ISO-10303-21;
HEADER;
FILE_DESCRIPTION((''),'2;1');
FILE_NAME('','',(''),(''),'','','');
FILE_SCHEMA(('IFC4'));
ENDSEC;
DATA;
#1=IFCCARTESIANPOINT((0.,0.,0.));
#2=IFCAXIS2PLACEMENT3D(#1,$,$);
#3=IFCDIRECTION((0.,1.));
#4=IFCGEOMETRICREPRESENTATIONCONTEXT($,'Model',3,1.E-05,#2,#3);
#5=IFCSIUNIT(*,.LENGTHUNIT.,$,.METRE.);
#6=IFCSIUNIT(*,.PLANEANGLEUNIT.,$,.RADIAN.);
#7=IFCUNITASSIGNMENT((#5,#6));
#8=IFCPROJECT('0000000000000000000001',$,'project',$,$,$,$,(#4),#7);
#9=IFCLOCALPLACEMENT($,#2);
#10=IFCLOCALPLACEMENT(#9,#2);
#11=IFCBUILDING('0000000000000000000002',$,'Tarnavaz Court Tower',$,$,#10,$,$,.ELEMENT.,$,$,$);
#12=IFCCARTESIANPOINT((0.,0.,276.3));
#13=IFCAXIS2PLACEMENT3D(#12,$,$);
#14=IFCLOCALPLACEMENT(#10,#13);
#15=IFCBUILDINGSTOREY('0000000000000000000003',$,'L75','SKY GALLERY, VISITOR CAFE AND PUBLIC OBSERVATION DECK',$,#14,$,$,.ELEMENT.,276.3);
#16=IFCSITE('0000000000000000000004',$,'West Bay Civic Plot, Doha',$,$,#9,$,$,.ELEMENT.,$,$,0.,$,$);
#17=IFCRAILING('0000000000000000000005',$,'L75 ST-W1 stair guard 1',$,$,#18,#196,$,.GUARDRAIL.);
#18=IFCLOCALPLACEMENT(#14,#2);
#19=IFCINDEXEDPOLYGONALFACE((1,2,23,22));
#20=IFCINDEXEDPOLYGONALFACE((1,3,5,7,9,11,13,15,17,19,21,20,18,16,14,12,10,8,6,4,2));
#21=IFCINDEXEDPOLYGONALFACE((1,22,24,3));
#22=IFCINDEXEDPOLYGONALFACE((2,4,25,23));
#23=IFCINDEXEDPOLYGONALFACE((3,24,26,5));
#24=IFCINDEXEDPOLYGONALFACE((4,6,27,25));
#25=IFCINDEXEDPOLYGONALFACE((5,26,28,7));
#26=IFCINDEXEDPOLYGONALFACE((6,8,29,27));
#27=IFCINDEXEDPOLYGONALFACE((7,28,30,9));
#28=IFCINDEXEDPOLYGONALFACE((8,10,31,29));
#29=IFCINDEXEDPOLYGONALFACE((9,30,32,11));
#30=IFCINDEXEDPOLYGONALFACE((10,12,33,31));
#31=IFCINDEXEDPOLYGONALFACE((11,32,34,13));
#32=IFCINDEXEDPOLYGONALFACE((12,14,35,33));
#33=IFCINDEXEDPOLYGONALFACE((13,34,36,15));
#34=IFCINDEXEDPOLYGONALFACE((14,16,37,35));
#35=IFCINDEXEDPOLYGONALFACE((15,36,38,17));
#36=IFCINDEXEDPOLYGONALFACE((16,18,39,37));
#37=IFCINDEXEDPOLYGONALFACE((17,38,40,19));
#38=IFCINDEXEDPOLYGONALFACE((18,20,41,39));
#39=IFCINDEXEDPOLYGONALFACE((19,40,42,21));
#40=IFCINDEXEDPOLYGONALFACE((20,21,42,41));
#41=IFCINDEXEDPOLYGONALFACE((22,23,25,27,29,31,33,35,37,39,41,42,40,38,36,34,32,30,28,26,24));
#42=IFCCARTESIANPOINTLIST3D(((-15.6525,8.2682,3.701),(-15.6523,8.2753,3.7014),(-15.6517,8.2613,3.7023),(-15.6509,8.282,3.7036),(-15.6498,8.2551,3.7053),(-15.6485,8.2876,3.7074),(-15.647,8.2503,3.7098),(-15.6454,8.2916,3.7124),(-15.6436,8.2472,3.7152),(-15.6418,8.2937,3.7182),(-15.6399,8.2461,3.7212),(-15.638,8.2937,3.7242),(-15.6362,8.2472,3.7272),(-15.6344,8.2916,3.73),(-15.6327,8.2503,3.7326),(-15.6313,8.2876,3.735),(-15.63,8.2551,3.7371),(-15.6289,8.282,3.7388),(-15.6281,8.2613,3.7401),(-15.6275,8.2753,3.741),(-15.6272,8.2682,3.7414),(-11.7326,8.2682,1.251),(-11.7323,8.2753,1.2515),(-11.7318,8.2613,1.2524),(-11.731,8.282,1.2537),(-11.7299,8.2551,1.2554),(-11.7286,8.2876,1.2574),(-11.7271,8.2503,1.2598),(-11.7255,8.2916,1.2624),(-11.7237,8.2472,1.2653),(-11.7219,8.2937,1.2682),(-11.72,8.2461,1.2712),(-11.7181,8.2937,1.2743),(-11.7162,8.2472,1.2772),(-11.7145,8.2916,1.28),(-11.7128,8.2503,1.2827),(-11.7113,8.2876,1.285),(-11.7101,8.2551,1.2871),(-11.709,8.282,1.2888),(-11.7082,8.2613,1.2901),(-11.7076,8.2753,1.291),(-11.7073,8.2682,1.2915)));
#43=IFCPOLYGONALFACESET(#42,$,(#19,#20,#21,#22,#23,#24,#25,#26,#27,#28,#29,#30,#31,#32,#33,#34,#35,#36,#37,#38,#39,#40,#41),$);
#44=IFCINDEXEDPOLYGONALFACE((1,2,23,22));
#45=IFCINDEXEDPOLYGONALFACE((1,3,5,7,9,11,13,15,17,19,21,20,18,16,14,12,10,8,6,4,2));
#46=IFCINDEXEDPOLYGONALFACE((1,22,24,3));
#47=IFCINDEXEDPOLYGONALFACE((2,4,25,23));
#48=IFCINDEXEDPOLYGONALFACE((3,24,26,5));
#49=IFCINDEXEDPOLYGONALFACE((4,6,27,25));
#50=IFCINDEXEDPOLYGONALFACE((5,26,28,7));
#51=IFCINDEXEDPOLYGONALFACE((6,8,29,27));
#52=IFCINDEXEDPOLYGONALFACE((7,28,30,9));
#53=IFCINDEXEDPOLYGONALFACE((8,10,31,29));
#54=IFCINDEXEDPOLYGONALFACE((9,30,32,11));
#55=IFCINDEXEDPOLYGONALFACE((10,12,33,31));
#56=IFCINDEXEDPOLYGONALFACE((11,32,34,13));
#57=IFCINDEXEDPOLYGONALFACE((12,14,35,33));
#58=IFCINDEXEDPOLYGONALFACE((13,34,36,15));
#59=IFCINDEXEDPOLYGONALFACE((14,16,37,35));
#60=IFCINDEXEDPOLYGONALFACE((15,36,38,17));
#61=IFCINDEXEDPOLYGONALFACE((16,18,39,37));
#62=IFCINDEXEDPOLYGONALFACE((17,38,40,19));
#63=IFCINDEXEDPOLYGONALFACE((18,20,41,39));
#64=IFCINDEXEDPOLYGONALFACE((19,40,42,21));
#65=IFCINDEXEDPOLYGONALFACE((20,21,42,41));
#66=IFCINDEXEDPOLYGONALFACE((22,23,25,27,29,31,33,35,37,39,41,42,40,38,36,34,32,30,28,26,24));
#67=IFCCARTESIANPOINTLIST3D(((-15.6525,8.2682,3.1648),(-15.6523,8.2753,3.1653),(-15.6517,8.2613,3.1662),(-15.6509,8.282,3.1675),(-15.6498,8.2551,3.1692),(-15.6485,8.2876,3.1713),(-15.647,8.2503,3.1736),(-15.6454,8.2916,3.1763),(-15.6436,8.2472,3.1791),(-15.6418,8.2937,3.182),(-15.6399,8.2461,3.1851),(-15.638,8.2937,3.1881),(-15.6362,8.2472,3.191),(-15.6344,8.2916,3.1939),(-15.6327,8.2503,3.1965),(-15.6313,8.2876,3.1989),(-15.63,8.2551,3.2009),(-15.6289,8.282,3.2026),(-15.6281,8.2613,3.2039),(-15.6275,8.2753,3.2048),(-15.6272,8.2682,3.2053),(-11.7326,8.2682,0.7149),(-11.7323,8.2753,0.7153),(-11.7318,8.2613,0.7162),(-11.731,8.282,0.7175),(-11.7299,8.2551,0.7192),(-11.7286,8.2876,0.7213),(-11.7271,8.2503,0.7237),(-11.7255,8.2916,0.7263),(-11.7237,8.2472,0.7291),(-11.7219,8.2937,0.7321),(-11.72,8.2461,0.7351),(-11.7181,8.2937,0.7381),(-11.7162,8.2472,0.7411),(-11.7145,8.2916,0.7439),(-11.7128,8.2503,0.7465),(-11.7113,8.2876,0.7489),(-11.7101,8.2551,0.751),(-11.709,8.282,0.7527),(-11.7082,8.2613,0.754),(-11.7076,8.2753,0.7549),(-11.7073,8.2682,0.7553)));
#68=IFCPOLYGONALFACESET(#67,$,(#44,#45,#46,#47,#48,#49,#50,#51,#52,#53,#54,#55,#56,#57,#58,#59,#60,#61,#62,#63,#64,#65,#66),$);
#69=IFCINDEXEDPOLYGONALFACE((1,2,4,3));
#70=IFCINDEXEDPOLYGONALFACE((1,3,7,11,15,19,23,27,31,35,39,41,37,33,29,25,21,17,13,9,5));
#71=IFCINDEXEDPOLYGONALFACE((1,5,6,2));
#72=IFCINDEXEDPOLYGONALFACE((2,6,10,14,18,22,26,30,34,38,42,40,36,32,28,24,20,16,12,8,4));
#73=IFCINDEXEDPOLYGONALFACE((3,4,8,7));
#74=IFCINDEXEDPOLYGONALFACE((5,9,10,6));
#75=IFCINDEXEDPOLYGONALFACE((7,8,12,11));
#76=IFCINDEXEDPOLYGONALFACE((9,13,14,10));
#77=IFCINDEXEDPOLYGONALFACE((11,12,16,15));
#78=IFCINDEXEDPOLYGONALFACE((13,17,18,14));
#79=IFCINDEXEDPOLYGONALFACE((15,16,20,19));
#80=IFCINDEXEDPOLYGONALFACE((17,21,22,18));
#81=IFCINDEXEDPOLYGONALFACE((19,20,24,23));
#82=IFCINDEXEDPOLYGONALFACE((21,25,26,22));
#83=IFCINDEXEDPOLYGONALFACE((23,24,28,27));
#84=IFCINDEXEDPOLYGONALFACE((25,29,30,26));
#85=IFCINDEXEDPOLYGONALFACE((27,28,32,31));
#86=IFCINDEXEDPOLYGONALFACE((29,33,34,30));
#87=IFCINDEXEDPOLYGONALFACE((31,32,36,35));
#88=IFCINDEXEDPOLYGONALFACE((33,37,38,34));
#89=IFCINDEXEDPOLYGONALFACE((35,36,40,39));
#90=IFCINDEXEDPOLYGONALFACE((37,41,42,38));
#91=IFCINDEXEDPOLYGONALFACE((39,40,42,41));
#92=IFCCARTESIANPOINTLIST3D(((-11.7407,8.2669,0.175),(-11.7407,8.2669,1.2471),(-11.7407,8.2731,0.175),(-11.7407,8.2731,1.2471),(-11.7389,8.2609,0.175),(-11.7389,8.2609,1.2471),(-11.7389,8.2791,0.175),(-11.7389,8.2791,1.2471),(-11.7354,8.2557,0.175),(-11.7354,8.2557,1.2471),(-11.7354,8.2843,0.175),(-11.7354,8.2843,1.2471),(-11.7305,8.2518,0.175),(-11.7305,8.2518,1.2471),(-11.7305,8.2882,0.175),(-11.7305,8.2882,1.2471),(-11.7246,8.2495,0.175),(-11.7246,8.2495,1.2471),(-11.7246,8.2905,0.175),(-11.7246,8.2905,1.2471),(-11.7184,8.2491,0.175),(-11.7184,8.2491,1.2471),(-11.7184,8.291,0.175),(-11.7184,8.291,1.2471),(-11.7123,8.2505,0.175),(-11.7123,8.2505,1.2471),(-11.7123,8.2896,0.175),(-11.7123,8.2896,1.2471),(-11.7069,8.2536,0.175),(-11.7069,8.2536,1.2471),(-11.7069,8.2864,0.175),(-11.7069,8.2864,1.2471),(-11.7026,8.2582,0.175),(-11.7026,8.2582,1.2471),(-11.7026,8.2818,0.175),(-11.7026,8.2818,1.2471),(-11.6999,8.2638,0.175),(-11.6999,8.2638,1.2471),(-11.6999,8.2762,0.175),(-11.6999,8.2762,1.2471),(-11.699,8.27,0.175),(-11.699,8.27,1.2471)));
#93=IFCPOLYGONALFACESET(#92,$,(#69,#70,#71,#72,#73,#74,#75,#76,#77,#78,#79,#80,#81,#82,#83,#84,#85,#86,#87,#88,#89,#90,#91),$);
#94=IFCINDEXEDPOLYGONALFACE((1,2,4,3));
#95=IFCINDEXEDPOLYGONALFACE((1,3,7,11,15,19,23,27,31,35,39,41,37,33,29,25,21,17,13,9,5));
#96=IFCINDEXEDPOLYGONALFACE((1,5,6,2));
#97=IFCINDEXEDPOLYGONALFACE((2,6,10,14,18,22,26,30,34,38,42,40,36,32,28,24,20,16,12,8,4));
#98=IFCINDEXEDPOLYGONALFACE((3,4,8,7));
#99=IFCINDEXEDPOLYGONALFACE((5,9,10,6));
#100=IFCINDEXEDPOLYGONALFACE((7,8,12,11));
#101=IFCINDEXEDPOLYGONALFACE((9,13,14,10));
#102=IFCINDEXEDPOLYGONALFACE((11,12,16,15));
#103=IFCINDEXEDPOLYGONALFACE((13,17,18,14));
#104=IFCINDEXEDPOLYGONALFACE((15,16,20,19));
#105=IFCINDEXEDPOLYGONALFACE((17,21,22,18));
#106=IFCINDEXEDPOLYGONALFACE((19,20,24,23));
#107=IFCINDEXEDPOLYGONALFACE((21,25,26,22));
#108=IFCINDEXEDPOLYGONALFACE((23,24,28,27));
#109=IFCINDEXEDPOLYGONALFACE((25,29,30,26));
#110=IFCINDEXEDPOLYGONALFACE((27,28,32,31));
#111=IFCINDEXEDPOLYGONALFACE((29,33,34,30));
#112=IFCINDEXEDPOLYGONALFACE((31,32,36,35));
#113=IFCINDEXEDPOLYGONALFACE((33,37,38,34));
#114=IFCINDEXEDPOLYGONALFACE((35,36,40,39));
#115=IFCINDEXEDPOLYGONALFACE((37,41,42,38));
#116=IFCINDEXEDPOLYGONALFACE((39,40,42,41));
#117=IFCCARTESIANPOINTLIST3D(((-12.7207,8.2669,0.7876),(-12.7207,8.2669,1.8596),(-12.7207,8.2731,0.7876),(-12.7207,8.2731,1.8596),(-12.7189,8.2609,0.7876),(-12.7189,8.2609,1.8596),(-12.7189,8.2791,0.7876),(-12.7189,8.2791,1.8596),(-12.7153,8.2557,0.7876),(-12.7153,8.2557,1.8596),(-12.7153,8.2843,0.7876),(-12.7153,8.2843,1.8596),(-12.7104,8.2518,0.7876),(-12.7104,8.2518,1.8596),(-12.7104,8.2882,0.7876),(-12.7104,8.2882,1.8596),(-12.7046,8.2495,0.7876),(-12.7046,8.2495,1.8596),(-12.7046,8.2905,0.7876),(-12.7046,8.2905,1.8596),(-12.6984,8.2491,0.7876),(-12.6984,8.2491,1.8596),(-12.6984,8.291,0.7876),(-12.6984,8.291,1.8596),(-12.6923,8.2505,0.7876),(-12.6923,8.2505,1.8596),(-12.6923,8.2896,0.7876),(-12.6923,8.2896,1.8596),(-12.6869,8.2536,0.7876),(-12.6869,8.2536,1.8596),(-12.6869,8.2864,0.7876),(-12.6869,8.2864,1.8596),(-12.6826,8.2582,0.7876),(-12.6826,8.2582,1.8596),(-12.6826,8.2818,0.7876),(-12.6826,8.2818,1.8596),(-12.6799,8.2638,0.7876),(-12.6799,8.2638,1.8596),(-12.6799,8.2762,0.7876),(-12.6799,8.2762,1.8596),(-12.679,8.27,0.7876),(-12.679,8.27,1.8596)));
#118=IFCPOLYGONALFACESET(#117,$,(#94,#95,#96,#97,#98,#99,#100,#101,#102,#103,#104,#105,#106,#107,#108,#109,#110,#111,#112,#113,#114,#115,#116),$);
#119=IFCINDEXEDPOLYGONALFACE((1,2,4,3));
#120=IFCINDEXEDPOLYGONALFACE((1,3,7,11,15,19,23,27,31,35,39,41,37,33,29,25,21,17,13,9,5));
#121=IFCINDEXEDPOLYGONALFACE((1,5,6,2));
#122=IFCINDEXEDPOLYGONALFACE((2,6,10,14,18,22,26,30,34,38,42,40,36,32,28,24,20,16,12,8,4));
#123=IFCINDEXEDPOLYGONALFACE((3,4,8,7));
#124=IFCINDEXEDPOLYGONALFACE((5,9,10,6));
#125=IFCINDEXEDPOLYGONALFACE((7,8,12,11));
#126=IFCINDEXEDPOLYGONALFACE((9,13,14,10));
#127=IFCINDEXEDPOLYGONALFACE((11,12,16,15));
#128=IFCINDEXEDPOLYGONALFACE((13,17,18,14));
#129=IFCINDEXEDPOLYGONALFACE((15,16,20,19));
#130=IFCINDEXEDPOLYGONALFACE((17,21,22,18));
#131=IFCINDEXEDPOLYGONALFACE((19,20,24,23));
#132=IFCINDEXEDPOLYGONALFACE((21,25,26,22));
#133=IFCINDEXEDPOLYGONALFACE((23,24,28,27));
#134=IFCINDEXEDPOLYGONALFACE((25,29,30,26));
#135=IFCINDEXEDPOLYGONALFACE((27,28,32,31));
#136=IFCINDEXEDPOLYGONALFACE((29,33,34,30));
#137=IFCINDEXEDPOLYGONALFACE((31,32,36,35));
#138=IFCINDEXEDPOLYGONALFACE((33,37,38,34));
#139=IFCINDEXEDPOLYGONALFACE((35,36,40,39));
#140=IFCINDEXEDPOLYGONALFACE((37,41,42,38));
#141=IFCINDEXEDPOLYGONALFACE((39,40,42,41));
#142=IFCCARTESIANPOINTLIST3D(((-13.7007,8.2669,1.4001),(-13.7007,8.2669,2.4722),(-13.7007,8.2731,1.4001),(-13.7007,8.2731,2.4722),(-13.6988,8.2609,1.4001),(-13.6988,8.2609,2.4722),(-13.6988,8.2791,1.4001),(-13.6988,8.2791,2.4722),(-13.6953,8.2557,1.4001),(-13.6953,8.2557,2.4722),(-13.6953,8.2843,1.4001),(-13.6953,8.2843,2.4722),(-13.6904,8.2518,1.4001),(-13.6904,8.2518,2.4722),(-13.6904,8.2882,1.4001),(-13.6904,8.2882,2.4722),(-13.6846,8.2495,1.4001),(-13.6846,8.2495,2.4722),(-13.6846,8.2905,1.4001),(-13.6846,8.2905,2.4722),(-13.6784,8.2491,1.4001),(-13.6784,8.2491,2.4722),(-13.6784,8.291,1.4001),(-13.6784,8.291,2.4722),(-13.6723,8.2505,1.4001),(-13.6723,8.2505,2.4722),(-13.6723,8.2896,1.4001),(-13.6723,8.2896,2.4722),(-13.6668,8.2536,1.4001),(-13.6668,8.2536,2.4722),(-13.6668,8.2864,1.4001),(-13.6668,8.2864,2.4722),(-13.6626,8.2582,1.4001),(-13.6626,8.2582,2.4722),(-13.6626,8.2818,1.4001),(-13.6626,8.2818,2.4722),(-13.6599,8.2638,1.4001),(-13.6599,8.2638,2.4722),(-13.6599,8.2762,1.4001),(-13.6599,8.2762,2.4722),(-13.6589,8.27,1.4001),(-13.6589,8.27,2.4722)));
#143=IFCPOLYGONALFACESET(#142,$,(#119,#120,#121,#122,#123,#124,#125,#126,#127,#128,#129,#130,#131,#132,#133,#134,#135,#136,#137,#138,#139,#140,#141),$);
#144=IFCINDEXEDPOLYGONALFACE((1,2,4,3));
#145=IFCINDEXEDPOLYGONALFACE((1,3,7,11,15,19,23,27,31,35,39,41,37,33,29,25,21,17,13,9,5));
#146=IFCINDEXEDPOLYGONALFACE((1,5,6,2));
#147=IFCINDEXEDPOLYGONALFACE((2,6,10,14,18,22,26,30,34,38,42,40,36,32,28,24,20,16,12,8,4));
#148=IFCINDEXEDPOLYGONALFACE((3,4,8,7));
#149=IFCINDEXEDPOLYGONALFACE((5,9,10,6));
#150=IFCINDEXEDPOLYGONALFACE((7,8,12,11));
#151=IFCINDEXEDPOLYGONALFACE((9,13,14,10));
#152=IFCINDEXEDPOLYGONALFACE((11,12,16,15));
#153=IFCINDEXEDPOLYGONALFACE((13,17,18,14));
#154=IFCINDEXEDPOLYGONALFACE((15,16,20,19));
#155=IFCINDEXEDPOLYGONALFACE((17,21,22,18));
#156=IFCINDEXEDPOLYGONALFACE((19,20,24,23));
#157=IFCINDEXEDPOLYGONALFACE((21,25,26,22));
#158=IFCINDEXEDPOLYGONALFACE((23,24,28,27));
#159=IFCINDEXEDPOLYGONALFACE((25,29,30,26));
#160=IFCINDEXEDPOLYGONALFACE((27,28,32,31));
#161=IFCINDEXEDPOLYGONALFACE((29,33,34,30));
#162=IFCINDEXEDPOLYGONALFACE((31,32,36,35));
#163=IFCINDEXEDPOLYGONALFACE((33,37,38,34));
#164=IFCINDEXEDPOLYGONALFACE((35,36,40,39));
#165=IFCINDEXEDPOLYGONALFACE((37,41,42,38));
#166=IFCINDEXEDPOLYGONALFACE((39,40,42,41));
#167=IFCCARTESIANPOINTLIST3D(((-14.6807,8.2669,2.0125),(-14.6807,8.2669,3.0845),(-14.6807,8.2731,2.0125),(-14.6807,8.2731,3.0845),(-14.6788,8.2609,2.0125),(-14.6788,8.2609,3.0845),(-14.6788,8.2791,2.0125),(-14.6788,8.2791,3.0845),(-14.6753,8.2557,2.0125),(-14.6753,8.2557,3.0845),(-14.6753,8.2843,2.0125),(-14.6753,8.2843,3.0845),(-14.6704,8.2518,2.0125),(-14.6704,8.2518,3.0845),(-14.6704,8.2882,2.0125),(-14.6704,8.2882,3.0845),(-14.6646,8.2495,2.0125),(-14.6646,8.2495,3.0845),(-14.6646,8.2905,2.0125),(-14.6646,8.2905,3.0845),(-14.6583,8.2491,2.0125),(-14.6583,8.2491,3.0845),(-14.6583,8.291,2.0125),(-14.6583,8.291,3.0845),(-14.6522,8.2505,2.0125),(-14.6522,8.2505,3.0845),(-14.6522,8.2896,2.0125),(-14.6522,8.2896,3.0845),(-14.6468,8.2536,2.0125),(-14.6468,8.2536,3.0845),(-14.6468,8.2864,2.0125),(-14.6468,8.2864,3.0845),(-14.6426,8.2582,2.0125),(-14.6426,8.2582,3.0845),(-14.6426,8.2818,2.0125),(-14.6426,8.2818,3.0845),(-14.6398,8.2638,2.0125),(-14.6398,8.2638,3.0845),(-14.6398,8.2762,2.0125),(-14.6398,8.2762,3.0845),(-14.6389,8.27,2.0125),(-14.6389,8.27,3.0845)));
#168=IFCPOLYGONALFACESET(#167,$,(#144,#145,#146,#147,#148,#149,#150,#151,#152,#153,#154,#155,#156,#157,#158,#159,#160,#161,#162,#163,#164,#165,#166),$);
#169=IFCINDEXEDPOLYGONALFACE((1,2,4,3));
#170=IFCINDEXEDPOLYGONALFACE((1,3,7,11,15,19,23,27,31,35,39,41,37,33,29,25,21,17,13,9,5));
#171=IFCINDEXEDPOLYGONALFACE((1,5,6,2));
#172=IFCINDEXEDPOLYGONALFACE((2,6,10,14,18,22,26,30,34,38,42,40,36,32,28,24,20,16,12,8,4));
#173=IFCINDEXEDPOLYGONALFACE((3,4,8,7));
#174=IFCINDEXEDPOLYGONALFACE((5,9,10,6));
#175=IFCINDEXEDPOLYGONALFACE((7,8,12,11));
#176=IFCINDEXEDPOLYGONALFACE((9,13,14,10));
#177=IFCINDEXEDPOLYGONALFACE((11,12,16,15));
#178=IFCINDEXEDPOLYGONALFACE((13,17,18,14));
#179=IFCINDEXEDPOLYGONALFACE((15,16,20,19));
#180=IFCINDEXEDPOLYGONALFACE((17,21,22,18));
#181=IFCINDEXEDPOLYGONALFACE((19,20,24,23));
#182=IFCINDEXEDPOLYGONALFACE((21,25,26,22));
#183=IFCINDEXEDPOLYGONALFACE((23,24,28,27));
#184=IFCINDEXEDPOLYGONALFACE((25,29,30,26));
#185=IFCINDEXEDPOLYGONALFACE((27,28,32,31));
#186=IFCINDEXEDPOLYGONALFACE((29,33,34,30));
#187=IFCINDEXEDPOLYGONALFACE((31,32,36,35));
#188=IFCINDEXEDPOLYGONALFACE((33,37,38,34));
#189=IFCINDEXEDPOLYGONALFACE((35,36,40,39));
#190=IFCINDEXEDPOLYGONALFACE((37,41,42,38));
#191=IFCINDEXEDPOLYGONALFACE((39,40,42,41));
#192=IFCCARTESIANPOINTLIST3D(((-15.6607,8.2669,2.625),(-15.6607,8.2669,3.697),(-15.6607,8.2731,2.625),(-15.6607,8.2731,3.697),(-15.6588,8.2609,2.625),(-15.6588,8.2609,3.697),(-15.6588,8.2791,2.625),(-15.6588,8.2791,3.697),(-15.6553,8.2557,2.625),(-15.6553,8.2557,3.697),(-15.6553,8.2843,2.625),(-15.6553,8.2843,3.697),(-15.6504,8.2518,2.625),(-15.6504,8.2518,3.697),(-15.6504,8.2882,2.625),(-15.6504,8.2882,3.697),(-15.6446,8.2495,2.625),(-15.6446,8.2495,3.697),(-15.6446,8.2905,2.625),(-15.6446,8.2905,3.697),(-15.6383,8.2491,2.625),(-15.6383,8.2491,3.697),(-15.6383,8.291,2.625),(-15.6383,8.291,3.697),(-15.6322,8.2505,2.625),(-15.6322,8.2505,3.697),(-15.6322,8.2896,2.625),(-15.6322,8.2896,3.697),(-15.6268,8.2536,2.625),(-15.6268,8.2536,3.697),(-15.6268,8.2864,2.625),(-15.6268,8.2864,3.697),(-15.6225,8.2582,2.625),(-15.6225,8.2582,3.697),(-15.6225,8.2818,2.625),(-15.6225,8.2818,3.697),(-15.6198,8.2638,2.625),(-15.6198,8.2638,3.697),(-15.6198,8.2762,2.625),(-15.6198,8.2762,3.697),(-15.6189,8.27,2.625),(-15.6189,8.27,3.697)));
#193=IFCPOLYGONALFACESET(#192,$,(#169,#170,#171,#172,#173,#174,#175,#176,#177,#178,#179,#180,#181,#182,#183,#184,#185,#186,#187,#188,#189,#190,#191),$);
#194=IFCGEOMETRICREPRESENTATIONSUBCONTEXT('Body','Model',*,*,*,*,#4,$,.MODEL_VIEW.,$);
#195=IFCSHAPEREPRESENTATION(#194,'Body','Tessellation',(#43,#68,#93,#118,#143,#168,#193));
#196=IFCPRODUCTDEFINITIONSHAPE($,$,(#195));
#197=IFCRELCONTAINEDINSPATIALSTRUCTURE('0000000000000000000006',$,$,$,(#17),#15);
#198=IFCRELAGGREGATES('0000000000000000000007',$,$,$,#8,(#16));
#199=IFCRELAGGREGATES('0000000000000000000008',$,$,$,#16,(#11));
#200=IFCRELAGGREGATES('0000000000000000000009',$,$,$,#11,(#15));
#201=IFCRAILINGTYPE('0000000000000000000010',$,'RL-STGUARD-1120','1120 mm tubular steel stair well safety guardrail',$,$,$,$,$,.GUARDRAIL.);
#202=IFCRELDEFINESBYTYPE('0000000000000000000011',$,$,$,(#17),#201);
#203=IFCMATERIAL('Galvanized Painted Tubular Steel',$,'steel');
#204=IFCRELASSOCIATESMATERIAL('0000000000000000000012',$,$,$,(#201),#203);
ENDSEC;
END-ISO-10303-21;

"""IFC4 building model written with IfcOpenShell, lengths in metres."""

from ifc_helpers import new_model, si_unit, direction, frame, origin, origin_2d, place, context, subcontext, project, spatial, circle, extrude, material, type_object, element, save


model = new_model("IFC4")

# Units and contexts
model_context = context("Model", 3, precision=1e-05, world=origin(), true_north=direction((0.0, 1.0)))
body_context = subcontext(model_context, "Body", "Model", "MODEL_VIEW")
ifc_project = project(units=[si_unit("LENGTHUNIT", "METRE"), si_unit("PLANEANGLEUNIT", "RADIAN")], contexts=[model_context])

# Site, building, storey
site_placement = place(None, origin())
site = spatial("IfcSite", under=ifc_project, at=site_placement, Name="West Bay Civic Plot, Doha", CompositionType="ELEMENT", RefElevation=0.0)
building_placement = place(site_placement, origin())
building = spatial("IfcBuilding", under=site, at=building_placement, Name="Tarnavaz Court Tower", CompositionType="ELEMENT")
storey_placement = place(building_placement, frame((0.0, 0.0, 276.3)))
storey = spatial("IfcBuildingStorey", under=building, at=storey_placement, Name="L75", Description="SKY GALLERY, VISITOR CAFE AND PUBLIC OBSERVATION DECK", CompositionType="ELEMENT", Elevation=276.3)

# Railing
ifc_material_1 = material(Name="Galvanized Painted Tubular Steel", Category="steel")
railing_type_1 = type_object("IfcRailingType", Name="RL-STGUARD-1120", Description="1120 mm tubular steel stair well safety guardrail", PredefinedType="GUARDRAIL", material=ifc_material_1)
railing_1_placement = place(storey_placement, frame((-11.72, 8.27, 0.175)))
element("IfcRailing", 1, at=railing_1_placement, inside=storey, type_object=railing_type_1, Name="L75 ST-W1 stair guard 1", PredefinedType="GUARDRAIL", context=body_context, shape_type="SweptSolid", body=[
    extrude(circle(Radius=0.0239, at=origin_2d()), frame((0.0, 0.0, 1.0962), z_axis=(-0.847998, 0.0, 0.529999), x_axis=(0.0, -1.0, 0.0)), (0.0, 0.0, 1.0), 4.6226),
    extrude(circle(Radius=0.0239, at=origin_2d()), frame((0.0, 0.0, 0.5601), z_axis=(-0.847998, 0.0, 0.529999), x_axis=(0.0, -1.0, 0.0)), (0.0, 0.0, 1.0), 4.6226),
    extrude(circle(Radius=0.021, at=origin_2d()), origin(), (0.0, 0.0, 1.0), 1.072),
    extrude(circle(Radius=0.021, at=origin_2d()), frame((-0.98, 0.0, 0.6125)), (0.0, 0.0, 1.0), 1.072),
    extrude(circle(Radius=0.021, at=origin_2d()), frame((-1.96, 0.0, 1.2251)), (0.0, 0.0, 1.0), 1.072),
    extrude(circle(Radius=0.021, at=origin_2d()), frame((-2.9399, 0.0, 1.8374)), (0.0, 0.0, 1.0), 1.072),
    extrude(circle(Radius=0.021, at=origin_2d()), frame((-3.9199, 0.0, 2.45)), (0.0, 0.0, 1.0), 1.072),
])

save(model, "model.ifc")
